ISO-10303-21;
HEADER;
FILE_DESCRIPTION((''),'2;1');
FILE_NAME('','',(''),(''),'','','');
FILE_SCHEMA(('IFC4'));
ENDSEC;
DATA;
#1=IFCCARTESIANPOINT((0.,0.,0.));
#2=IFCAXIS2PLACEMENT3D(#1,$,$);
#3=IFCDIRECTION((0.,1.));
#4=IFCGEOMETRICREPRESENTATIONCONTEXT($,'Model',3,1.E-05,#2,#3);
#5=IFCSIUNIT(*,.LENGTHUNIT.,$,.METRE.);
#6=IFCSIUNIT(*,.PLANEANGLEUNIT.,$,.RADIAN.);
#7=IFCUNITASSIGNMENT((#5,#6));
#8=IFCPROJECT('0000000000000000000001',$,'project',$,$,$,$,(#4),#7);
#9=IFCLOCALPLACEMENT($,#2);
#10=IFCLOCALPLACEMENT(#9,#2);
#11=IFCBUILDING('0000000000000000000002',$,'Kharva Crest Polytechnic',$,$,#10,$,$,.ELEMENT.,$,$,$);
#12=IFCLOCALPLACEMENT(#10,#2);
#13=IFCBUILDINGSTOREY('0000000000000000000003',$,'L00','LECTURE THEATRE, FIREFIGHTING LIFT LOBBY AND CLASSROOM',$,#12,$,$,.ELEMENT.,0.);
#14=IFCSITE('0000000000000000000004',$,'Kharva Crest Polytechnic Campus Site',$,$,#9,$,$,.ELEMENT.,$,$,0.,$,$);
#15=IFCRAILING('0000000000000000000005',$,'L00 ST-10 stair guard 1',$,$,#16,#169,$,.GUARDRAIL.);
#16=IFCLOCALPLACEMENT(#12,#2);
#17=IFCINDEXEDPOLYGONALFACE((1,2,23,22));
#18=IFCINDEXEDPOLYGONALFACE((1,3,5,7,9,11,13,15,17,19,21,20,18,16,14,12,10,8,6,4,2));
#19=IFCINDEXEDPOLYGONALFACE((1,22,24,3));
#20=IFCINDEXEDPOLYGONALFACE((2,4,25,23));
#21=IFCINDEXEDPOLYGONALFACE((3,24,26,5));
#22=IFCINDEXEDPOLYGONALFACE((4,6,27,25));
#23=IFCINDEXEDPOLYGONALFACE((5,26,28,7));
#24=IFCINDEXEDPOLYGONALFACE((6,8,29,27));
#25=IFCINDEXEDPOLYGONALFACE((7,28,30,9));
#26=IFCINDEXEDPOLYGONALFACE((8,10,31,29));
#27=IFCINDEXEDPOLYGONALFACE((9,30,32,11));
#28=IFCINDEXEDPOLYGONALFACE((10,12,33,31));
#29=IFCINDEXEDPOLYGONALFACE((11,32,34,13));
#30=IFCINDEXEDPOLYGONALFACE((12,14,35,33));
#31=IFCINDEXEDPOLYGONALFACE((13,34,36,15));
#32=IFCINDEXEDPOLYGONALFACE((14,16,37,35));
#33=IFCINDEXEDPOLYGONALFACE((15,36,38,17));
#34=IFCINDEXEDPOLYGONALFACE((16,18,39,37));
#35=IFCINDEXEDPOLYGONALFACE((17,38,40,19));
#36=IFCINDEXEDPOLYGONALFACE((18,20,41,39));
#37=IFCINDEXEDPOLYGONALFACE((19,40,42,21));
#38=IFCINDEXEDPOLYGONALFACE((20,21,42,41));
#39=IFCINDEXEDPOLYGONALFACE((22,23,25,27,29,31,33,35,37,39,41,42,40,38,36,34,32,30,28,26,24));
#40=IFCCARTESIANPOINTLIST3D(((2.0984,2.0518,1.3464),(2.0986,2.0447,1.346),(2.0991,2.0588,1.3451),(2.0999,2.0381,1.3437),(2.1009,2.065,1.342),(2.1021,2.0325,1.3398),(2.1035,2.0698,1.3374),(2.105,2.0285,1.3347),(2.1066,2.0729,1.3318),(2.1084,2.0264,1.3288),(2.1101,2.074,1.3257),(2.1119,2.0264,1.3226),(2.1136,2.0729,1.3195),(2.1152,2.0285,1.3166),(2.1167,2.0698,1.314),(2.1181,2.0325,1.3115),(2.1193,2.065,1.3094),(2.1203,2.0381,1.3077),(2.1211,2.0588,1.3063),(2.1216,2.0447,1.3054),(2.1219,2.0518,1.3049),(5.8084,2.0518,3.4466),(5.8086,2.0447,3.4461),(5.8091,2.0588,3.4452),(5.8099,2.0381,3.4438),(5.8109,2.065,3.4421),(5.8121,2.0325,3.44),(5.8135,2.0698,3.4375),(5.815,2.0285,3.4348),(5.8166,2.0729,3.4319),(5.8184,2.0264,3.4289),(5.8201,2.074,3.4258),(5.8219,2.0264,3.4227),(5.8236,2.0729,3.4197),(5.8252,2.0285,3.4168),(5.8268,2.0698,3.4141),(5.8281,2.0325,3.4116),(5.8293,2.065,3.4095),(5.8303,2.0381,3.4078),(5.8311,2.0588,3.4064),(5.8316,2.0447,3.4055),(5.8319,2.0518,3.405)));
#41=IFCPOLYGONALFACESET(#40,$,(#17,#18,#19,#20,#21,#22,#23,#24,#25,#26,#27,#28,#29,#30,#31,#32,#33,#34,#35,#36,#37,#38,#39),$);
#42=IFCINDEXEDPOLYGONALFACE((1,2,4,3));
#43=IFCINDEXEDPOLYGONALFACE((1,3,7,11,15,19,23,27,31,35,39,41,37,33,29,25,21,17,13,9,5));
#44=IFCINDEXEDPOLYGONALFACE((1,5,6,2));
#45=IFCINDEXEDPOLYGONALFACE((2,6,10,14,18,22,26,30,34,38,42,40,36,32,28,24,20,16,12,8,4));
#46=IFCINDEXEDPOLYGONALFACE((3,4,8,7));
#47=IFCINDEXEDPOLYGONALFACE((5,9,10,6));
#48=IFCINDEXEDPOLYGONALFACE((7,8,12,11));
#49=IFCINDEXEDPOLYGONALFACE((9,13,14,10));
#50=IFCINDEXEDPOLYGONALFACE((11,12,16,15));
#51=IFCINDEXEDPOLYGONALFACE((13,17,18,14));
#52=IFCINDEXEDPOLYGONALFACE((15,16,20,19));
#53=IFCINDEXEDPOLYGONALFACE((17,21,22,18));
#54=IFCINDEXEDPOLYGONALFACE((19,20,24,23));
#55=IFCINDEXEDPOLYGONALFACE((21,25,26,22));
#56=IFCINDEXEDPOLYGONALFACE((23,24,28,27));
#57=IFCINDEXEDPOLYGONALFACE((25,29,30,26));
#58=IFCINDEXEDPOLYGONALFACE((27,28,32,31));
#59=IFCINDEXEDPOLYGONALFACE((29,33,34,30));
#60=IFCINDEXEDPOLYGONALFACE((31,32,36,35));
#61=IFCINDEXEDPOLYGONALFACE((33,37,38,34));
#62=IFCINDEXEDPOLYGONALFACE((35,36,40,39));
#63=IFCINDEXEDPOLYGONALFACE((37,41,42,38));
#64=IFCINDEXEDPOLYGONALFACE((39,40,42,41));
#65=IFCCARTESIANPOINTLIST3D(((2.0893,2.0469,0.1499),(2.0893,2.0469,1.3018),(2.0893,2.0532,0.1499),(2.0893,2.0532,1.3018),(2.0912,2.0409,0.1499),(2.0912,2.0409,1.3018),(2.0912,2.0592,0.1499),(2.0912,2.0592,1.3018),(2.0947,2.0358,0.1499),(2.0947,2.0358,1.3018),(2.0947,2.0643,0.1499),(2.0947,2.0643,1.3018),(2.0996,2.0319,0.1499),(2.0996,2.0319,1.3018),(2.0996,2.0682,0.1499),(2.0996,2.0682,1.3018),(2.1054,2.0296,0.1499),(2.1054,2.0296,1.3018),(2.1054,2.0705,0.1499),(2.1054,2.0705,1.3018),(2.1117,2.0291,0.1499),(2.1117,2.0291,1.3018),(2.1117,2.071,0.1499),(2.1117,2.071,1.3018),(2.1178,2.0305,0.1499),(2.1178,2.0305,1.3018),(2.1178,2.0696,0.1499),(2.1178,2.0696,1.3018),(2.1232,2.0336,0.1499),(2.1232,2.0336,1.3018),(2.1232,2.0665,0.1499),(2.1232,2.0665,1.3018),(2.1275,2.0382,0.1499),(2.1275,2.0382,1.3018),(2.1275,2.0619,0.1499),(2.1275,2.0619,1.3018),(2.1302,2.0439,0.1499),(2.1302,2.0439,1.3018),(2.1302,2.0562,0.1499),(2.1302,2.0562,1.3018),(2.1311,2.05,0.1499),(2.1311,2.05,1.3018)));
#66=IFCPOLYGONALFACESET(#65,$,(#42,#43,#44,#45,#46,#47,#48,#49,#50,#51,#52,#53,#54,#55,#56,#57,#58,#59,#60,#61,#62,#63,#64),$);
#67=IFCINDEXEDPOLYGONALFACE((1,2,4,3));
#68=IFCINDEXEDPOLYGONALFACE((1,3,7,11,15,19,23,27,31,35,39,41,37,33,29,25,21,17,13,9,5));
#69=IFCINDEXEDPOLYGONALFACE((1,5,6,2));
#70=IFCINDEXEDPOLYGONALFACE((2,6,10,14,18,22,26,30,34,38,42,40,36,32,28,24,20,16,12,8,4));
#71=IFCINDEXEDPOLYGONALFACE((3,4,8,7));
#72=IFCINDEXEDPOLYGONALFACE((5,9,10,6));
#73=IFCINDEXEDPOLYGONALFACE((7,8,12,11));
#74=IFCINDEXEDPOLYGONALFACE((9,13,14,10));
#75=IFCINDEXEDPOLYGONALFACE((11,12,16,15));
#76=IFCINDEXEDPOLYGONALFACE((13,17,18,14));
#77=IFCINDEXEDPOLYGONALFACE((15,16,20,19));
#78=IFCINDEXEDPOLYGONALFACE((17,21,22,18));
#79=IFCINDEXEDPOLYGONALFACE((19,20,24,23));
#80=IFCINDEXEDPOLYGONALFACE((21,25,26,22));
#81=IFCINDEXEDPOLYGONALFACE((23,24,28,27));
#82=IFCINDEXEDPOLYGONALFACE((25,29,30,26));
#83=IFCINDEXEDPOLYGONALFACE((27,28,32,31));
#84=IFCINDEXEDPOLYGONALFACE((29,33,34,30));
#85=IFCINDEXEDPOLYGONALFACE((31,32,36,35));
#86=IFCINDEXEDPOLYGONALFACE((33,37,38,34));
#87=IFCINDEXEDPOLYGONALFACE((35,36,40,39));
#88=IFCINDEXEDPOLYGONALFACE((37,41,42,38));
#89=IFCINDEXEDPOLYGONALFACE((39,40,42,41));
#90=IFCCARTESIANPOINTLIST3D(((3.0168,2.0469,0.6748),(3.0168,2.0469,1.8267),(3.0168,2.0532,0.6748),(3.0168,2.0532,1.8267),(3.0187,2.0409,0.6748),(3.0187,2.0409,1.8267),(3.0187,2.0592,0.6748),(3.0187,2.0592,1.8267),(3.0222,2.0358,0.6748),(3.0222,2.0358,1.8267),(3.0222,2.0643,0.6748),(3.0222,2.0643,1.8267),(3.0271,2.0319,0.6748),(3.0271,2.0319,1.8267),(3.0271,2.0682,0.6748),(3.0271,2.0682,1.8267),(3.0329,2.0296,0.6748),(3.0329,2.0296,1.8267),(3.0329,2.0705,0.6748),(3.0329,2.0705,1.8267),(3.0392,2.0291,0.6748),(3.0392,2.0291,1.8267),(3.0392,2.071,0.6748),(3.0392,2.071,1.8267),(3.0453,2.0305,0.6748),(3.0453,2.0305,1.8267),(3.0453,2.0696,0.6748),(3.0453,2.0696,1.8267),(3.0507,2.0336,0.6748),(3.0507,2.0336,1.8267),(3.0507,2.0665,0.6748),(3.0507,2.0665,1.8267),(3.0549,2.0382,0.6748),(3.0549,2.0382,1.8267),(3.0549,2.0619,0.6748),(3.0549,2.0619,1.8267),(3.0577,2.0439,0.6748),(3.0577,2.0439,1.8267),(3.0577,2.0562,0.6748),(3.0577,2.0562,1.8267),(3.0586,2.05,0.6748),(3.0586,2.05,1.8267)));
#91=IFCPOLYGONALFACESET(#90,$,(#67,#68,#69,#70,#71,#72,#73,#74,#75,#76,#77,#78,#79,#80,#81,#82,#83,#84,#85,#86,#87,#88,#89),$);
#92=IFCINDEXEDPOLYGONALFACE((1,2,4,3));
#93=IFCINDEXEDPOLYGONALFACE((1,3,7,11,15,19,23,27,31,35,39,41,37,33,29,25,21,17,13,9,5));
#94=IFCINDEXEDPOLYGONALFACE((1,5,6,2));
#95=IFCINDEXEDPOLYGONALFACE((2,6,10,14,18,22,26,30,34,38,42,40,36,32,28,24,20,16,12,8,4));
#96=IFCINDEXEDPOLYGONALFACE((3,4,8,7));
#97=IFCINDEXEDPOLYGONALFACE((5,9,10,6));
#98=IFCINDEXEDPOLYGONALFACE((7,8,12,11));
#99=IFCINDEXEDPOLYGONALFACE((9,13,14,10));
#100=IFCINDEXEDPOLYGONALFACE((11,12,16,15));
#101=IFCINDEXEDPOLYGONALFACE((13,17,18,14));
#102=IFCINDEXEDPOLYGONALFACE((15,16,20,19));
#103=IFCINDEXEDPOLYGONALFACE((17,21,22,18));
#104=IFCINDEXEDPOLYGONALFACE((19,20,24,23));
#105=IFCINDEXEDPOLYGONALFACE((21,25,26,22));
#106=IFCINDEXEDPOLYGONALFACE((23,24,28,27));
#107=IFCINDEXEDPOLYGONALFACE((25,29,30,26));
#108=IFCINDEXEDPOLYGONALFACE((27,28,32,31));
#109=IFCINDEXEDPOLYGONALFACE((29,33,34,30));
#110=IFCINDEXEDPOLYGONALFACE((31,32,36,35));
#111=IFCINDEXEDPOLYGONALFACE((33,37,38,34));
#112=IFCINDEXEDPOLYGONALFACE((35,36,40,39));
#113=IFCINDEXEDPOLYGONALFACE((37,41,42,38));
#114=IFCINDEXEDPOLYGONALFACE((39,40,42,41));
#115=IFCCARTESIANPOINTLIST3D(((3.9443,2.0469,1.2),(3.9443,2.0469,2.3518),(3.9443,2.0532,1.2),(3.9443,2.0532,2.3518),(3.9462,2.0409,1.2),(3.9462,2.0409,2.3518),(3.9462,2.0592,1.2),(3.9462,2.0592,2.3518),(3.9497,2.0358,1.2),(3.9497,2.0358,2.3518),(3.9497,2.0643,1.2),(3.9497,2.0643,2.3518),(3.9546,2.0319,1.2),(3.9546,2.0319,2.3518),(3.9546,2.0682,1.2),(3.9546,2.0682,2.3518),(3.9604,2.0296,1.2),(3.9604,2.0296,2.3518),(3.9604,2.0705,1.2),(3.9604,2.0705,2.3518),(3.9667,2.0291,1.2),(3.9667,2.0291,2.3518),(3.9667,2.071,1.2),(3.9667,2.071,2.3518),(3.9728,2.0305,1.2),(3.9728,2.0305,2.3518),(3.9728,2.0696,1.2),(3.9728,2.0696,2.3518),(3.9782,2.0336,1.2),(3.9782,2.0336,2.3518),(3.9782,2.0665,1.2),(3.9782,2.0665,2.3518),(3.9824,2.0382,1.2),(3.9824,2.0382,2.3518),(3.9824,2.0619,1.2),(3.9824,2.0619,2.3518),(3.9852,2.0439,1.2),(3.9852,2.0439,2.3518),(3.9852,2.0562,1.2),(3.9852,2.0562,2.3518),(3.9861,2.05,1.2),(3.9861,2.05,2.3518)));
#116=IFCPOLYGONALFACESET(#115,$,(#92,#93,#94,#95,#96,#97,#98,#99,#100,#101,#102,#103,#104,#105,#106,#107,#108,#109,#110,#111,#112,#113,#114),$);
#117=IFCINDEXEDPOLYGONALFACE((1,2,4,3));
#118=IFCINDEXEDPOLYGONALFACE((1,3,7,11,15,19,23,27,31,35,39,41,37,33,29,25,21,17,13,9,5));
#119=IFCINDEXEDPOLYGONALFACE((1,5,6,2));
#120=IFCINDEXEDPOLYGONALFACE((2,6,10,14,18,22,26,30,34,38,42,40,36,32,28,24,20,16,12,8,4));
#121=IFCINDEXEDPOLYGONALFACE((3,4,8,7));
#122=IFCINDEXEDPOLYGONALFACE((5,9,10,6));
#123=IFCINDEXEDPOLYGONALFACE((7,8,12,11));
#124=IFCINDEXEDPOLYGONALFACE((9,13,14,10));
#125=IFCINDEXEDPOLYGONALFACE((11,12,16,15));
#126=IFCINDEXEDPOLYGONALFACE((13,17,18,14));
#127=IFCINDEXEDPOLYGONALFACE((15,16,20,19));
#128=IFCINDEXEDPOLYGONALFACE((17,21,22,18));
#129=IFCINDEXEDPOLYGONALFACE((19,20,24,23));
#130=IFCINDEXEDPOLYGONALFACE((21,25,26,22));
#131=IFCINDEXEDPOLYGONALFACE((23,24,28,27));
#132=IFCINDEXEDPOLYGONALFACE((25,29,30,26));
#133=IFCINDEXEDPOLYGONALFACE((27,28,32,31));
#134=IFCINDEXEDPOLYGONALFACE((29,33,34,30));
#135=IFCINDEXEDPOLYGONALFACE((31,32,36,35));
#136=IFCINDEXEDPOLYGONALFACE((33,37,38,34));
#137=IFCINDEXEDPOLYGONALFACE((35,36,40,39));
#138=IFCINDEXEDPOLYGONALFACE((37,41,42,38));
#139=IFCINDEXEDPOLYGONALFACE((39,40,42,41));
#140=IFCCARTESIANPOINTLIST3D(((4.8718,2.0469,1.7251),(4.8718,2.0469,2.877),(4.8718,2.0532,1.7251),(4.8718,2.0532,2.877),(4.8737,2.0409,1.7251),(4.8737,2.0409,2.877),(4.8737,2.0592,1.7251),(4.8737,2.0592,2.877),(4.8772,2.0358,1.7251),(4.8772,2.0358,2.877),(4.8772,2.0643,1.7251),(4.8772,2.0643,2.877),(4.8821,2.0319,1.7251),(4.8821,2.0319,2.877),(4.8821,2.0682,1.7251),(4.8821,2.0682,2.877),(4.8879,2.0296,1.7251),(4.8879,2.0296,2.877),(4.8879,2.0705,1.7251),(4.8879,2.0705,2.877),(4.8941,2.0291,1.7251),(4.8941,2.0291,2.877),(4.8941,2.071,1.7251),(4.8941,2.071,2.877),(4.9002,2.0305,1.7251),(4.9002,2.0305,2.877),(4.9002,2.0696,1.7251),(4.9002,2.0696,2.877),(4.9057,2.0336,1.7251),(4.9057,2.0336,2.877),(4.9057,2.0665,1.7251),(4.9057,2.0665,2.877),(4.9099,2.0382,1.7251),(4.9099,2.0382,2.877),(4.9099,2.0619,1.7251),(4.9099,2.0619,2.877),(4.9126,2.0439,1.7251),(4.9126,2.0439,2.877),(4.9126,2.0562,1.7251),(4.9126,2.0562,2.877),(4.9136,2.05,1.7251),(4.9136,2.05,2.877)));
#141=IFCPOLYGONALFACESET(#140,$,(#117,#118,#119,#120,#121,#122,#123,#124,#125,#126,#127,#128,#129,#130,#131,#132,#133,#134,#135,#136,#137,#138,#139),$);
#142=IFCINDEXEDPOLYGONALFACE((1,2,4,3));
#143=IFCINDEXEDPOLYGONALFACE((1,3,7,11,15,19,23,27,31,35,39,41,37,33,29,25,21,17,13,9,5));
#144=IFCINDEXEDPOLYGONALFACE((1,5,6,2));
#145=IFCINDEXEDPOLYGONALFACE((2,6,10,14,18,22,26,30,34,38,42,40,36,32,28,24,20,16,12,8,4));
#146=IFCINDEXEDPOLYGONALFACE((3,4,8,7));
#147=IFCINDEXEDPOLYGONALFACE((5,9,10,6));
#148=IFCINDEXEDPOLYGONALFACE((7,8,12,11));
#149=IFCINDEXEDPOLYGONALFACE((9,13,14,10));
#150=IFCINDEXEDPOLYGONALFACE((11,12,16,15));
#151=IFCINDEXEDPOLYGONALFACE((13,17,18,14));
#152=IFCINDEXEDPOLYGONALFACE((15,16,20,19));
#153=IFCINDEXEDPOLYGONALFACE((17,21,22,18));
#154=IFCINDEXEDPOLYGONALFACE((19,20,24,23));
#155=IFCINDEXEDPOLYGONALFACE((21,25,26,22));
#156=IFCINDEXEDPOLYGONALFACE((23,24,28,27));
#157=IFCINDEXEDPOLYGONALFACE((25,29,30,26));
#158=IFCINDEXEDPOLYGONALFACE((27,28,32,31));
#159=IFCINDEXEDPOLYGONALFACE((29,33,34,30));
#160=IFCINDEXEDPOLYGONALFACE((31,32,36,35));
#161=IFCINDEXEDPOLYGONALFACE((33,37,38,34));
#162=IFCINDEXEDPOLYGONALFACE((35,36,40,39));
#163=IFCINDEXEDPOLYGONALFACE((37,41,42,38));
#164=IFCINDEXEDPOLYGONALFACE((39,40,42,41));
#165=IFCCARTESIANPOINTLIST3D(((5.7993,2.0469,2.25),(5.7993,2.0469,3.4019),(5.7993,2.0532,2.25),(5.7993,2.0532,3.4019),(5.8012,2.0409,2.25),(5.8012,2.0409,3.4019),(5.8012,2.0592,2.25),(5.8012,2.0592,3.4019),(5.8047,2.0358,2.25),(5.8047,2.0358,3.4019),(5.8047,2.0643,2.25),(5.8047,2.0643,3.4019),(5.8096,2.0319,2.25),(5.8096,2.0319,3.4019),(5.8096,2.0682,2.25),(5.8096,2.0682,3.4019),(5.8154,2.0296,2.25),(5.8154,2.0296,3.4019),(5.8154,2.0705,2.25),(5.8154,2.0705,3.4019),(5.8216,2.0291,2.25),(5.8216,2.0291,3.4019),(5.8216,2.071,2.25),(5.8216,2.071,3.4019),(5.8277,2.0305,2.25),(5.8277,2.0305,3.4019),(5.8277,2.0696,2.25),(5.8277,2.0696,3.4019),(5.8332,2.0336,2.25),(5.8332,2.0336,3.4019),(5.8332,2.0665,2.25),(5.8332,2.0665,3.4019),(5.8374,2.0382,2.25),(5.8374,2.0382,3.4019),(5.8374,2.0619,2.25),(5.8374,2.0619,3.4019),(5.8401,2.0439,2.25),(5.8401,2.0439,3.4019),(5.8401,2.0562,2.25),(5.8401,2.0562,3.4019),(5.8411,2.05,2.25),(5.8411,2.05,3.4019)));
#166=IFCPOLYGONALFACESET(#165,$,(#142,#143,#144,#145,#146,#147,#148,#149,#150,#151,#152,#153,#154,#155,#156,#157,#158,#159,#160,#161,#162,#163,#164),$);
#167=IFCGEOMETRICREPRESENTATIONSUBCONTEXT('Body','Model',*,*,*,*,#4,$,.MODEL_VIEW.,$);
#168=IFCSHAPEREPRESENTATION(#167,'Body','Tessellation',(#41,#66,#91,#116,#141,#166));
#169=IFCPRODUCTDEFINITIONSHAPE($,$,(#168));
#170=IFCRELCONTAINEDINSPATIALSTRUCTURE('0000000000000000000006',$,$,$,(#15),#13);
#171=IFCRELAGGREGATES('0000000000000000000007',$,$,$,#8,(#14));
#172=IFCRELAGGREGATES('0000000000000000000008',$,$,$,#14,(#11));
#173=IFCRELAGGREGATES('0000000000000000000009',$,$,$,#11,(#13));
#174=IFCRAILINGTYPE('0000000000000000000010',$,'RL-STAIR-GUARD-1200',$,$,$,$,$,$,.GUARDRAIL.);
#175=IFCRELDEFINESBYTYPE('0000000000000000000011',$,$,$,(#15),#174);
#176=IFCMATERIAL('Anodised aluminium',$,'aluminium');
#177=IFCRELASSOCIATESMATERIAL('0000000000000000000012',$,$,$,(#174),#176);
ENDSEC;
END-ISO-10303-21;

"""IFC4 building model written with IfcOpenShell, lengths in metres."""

from ifc_helpers import new_model, si_unit, direction, frame, origin, origin_2d, place, context, subcontext, project, spatial, circle, extrude, material, type_object, element, save


model = new_model("IFC4")

# Units and contexts
model_context = context("Model", 3, precision=1e-05, world=origin(), true_north=direction((0.0, 1.0)))
body_context = subcontext(model_context, "Body", "Model", "MODEL_VIEW")
ifc_project = project(units=[si_unit("LENGTHUNIT", "METRE"), si_unit("PLANEANGLEUNIT", "RADIAN")], contexts=[model_context])

# Site, building, storey
site_placement = place(None, origin())
site = spatial("IfcSite", under=ifc_project, at=site_placement, Name="Kharva Crest Polytechnic Campus Site", CompositionType="ELEMENT", RefElevation=0.0)
building_placement = place(site_placement, origin())
building = spatial("IfcBuilding", under=site, at=building_placement, Name="Kharva Crest Polytechnic", CompositionType="ELEMENT")
storey_placement = place(building_placement, origin())
storey = spatial("IfcBuildingStorey", under=building, at=storey_placement, Name="L00", Description="LECTURE THEATRE, FIREFIGHTING LIFT LOBBY AND CLASSROOM", CompositionType="ELEMENT", Elevation=0.0)

# Shared definitions
ifc_material_1 = material(Name="Anodised aluminium", Category="aluminium")

# Railing
railing_type_1 = type_object("IfcRailingType", Name="RL-STAIR-GUARD-1200", PredefinedType="GUARDRAIL", material=ifc_material_1)
railing_1_placement = place(storey_placement, frame((2.1101, 2.05, 0.1499)))
element("IfcRailing", 1, at=railing_1_placement, inside=storey, type_object=railing_type_1, Name="L00 ST-10 stair guard 1", PredefinedType="GUARDRAIL", context=body_context, shape_type="SweptSolid", body=[
    extrude(circle(Radius=0.0239, at=origin_2d()), frame((0.0, 0.0, 1.1758), z_axis=(0.870245, 0.0, 0.492619), x_axis=(0.0, 1.0, 0.0)), (0.0, 0.0, 1.0), 4.2632),
    extrude(circle(Radius=0.021, at=origin_2d()), origin(), (0.0, 0.0, 1.0), 1.1519),
    extrude(circle(Radius=0.021, at=origin_2d()), frame((0.9275, 0.0, 0.5249)), (0.0, 0.0, 1.0), 1.1519),
    extrude(circle(Radius=0.021, at=origin_2d()), frame((1.855, 0.0, 1.05)), (0.0, 0.0, 1.0), 1.1519),
    extrude(circle(Radius=0.021, at=origin_2d()), frame((2.7825, 0.0, 1.5752)), (0.0, 0.0, 1.0), 1.1519),
    extrude(circle(Radius=0.021, at=origin_2d()), frame((3.71, 0.0, 2.1001)), (0.0, 0.0, 1.0), 1.1519),
])

save(model, "model.ifc")
